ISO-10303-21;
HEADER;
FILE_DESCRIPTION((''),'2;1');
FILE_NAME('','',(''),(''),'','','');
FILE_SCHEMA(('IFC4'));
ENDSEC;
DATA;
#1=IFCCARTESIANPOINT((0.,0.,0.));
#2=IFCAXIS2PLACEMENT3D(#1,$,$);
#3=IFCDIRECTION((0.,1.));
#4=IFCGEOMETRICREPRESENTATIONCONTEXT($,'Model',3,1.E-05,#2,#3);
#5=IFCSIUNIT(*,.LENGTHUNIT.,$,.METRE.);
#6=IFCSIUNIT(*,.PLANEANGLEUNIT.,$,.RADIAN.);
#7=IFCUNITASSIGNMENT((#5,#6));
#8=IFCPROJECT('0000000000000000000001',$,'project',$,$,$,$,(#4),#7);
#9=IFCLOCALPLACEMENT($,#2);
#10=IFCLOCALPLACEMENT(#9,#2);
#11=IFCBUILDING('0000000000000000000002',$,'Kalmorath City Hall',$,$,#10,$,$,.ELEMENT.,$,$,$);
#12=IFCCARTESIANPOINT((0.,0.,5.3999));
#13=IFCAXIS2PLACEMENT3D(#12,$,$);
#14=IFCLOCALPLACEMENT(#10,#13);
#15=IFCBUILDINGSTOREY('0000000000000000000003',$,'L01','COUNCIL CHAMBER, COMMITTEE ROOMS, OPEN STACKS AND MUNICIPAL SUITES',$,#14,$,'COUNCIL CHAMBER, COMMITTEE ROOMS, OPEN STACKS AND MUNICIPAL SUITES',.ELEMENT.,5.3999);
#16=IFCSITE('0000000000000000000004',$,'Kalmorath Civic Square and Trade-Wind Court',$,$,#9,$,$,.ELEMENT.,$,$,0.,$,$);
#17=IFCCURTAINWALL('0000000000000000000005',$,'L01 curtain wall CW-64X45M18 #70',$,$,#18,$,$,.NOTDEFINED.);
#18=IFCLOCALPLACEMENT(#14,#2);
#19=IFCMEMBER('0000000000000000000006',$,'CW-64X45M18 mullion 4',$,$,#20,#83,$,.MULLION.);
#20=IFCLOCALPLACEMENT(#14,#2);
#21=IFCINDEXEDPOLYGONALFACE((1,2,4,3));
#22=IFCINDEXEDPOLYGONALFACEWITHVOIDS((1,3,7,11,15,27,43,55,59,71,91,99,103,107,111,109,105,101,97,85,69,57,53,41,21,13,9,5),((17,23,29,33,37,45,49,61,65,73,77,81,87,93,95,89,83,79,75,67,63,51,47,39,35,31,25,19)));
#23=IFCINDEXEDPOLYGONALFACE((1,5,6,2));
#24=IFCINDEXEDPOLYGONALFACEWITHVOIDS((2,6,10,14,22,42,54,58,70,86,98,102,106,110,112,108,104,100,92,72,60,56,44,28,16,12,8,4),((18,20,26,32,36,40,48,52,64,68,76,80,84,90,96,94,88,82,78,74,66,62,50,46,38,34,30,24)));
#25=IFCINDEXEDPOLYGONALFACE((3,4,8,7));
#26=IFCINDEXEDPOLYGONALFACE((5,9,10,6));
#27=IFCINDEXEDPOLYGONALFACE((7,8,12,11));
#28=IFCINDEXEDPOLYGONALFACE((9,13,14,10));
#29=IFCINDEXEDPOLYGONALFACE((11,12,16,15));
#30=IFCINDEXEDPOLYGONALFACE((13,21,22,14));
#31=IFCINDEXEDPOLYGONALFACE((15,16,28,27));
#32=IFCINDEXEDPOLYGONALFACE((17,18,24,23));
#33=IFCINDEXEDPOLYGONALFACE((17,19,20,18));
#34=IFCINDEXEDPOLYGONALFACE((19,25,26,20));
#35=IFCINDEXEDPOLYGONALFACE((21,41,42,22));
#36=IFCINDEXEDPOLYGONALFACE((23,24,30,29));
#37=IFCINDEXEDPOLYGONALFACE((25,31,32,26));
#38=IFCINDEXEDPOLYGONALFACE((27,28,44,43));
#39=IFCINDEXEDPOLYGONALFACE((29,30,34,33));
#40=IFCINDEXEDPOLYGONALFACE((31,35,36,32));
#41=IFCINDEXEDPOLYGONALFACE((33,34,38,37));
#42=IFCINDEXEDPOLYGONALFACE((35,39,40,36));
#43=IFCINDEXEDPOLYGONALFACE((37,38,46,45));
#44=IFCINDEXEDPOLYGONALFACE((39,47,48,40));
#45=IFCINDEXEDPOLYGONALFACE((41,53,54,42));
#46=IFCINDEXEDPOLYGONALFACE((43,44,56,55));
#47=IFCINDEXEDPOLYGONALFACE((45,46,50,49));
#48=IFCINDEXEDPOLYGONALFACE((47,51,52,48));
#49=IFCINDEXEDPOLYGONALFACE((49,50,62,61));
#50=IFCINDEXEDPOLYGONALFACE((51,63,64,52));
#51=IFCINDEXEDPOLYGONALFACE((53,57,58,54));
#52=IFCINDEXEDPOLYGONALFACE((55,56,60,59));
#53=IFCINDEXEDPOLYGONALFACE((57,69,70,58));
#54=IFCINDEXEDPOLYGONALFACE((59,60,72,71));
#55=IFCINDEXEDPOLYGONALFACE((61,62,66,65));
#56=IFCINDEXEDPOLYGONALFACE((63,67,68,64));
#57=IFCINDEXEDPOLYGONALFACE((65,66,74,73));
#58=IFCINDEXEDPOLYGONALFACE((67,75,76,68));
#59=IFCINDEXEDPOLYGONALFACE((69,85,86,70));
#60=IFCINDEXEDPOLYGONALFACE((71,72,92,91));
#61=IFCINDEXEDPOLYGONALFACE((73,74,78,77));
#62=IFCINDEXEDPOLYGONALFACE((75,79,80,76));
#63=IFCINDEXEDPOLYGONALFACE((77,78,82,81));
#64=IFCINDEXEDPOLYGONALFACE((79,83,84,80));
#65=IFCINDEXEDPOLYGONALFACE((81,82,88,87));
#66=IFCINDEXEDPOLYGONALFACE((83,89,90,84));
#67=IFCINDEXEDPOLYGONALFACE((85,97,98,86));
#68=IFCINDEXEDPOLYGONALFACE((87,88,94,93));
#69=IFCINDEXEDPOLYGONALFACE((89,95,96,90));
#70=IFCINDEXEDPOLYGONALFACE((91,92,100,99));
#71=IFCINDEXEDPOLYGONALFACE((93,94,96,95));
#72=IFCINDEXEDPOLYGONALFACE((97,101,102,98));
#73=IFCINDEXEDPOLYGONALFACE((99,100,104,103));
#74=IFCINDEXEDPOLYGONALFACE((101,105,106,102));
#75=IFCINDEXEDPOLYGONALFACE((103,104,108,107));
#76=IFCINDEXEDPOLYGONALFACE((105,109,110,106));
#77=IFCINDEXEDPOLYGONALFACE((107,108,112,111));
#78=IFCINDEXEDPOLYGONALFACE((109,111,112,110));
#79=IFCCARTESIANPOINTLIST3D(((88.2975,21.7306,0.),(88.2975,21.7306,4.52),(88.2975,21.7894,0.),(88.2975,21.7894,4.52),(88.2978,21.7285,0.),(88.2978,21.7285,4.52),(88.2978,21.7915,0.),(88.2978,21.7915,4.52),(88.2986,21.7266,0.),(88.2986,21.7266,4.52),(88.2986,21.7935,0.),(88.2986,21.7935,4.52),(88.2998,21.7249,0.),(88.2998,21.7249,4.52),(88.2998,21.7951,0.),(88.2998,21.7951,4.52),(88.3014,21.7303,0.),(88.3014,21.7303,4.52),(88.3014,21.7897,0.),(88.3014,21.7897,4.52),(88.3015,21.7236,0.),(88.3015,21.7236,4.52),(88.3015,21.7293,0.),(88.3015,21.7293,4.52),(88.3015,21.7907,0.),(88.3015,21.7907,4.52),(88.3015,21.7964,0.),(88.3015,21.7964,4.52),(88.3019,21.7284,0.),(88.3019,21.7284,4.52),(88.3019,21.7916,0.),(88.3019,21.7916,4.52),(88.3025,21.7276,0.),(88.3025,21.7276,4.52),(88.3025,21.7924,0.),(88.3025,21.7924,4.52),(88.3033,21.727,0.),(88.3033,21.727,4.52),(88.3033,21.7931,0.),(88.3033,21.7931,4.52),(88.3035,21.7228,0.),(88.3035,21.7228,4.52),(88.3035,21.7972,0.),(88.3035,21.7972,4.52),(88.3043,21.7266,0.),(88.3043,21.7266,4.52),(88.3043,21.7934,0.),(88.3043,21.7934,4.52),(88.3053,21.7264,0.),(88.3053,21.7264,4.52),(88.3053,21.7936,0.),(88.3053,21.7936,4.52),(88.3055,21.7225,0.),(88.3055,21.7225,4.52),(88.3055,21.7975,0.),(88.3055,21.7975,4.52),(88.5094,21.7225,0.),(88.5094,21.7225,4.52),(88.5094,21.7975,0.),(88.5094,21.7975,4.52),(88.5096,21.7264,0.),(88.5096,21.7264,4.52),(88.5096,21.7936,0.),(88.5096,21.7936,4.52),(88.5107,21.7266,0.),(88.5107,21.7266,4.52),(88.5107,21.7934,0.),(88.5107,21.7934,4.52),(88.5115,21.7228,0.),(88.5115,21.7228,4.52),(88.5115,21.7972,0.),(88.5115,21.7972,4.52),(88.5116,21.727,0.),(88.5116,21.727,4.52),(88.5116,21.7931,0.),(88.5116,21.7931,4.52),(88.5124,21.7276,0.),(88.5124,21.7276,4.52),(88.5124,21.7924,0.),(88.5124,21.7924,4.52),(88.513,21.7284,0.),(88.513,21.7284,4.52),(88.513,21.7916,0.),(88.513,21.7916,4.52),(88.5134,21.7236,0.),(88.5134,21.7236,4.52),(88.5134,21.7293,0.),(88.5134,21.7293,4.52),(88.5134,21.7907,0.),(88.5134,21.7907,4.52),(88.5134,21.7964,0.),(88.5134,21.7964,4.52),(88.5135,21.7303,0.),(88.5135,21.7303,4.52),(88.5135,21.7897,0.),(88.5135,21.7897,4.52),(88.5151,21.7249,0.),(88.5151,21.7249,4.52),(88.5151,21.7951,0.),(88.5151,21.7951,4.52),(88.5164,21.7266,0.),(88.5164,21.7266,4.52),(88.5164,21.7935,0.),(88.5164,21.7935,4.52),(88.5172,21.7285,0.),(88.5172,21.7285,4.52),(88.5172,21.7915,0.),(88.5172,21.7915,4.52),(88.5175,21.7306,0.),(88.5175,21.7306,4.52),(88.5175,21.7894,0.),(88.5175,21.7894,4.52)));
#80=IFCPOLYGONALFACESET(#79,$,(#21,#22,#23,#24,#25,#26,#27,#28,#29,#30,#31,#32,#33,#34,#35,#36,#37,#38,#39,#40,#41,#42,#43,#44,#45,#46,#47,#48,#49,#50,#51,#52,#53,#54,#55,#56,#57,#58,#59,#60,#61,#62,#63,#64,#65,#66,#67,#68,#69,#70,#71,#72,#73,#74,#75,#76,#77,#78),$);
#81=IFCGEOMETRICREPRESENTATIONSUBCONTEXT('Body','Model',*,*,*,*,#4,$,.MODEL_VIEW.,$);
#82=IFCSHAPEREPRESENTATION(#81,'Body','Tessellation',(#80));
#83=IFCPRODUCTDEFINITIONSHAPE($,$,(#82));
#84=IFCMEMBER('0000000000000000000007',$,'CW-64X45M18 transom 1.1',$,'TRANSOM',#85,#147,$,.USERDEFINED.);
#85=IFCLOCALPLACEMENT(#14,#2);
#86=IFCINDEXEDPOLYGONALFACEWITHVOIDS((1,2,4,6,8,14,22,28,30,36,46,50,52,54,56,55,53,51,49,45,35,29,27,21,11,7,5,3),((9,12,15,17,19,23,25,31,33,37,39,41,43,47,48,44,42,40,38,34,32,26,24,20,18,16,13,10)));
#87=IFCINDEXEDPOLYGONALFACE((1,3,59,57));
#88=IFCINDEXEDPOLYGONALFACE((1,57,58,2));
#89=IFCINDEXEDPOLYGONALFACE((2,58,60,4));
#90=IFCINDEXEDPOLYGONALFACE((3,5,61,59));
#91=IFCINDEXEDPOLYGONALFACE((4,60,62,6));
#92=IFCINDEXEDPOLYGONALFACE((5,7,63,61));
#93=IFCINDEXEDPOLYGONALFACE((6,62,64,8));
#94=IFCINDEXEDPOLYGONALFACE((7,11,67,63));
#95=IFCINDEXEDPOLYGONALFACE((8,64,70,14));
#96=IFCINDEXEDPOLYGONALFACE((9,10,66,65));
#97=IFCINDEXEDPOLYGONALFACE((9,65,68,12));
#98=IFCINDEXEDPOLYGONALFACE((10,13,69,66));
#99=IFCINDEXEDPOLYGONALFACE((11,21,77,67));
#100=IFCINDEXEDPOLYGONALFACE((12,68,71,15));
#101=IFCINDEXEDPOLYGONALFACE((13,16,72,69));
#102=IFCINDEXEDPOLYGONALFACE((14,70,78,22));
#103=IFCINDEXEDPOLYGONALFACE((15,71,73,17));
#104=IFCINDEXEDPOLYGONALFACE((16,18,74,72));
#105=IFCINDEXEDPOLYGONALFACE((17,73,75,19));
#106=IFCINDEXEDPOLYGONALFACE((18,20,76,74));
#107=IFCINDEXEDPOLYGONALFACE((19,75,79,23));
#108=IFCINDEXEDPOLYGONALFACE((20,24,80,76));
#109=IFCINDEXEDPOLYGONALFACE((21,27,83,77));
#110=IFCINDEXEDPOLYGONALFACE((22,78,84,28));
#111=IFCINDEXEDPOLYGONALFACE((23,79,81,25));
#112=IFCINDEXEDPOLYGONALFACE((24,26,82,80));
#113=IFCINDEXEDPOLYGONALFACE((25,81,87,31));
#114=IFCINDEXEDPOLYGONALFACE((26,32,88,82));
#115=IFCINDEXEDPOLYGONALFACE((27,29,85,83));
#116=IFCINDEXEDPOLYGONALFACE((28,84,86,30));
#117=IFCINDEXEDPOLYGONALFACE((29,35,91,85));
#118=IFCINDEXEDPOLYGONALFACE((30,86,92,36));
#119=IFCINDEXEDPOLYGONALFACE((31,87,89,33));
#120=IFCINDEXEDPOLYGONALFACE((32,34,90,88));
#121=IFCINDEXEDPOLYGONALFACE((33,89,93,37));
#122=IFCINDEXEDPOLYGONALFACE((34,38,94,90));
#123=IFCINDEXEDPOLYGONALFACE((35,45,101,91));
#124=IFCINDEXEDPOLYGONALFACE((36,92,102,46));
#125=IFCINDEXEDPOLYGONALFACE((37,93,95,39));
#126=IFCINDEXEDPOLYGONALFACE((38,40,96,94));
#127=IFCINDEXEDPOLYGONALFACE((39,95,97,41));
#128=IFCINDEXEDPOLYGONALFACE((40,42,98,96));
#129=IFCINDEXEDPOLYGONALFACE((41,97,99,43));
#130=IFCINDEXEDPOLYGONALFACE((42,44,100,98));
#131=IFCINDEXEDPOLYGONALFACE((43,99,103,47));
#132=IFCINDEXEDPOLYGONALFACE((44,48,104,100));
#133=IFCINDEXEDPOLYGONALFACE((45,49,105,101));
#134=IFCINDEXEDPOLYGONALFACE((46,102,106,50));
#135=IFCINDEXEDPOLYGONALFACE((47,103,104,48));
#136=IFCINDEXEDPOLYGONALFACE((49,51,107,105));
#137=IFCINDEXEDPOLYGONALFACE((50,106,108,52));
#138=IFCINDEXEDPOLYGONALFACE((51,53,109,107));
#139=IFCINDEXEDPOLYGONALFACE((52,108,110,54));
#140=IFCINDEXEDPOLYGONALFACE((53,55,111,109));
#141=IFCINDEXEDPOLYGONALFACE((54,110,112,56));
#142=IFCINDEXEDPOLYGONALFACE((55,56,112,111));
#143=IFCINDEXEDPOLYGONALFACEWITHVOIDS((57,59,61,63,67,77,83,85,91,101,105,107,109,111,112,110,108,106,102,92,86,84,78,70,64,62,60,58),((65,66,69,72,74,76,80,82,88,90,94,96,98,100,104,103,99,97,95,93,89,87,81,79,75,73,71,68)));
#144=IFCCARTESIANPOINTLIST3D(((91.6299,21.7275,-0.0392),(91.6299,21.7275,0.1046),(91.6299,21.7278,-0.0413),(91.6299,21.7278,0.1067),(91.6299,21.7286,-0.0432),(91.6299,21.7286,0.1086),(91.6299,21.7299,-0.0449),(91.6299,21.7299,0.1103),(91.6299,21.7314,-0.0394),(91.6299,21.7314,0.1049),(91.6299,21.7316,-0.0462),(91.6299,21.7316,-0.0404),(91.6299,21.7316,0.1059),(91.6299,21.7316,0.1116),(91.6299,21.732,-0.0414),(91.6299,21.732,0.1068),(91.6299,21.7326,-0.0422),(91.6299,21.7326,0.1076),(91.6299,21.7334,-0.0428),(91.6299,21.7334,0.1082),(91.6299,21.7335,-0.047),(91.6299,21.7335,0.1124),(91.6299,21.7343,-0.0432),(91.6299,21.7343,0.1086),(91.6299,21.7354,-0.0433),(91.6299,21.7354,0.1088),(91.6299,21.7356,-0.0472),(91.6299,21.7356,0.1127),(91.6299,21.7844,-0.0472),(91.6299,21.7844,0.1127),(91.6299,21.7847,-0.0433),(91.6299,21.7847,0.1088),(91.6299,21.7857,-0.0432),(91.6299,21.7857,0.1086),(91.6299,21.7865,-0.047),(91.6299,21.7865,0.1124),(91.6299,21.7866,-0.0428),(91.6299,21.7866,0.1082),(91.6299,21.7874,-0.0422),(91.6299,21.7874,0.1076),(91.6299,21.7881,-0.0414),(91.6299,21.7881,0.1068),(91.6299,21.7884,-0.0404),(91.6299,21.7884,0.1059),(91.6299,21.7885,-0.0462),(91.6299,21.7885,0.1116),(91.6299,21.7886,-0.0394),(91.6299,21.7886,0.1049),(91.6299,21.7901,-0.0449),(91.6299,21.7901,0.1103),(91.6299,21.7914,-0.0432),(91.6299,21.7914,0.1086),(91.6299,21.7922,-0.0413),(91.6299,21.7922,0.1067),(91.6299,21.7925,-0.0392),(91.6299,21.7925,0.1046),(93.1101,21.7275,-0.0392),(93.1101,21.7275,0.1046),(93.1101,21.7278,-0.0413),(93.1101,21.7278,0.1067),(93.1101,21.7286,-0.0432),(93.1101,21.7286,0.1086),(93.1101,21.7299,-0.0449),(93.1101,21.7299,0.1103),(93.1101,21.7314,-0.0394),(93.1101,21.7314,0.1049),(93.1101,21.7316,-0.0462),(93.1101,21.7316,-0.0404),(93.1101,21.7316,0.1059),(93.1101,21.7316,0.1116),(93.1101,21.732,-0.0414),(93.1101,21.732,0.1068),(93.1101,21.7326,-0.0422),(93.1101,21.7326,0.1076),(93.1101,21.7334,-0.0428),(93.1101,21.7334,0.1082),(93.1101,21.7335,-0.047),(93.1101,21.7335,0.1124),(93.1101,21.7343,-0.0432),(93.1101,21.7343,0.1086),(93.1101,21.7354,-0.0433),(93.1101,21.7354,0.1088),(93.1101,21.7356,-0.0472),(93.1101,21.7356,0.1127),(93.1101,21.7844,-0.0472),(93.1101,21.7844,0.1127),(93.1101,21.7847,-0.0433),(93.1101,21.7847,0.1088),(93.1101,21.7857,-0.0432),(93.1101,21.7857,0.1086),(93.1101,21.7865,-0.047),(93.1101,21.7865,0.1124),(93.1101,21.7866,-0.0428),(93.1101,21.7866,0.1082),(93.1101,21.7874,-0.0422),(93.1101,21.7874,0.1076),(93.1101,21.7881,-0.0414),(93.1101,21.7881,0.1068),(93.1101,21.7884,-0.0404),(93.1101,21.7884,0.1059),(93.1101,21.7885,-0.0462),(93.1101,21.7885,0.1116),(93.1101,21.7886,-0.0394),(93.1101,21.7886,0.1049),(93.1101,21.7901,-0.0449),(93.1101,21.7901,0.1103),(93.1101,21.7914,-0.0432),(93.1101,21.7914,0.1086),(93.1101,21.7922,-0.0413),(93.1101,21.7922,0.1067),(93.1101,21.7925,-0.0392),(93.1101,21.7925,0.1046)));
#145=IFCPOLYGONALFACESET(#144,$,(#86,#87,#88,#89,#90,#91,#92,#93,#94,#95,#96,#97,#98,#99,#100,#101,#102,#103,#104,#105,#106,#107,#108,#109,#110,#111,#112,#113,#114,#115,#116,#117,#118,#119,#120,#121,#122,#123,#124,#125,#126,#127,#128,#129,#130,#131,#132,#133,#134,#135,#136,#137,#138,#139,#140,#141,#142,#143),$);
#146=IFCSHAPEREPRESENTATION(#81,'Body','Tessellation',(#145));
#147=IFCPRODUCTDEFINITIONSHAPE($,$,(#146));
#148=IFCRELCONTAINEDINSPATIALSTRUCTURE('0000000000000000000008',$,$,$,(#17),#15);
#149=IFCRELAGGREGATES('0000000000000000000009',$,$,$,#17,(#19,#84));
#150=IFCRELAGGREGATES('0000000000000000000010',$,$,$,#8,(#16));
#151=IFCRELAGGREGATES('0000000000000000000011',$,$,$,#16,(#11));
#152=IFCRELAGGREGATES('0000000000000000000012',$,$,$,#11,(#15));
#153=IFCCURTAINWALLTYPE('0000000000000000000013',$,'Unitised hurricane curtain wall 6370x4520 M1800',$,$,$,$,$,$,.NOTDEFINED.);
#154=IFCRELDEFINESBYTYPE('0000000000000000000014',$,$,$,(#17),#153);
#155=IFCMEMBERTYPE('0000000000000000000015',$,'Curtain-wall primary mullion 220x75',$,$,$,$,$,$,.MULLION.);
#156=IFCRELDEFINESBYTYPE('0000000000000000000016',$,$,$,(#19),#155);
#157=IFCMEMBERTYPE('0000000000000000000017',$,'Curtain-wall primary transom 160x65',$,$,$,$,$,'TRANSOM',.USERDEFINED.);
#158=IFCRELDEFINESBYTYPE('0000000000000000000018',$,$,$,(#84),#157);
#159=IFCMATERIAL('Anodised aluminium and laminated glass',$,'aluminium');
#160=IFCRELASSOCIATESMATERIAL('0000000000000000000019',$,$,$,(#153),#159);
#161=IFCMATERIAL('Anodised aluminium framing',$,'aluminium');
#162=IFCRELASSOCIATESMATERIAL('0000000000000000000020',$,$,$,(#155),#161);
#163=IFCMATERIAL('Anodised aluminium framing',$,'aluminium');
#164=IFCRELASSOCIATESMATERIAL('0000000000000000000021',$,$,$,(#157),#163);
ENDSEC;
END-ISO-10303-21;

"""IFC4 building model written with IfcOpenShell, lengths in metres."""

from ifc_helpers import new_model, si_unit, direction, frame, origin, origin_2d, place, context, subcontext, project, spatial, hollow_rectangle, extrude, material, material_profile, profile_set, type_object, element, aggregate, save


model = new_model("IFC4")

# Units and contexts
model_context = context("Model", 3, precision=1e-05, world=origin(), true_north=direction((0.0, 1.0)))
body_context = subcontext(model_context, "Body", "Model", "MODEL_VIEW")
ifc_project = project(units=[si_unit("LENGTHUNIT", "METRE"), si_unit("PLANEANGLEUNIT", "RADIAN")], contexts=[model_context])

# Site, building, storey
site_placement = place(None, origin())
site = spatial("IfcSite", under=ifc_project, at=site_placement, Name="Kalmorath Civic Square and Trade-Wind Court", CompositionType="ELEMENT", RefElevation=0.0)
building_placement = place(site_placement, origin())
building = spatial("IfcBuilding", under=site, at=building_placement, Name="Kalmorath City Hall", CompositionType="ELEMENT")
storey_placement = place(building_placement, frame((0.0, 0.0, 5.3999)))
storey = spatial("IfcBuildingStorey", under=building, at=storey_placement, Name="L01", Description="COUNCIL CHAMBER, COMMITTEE ROOMS, OPEN STACKS AND MUNICIPAL SUITES", LongName="COUNCIL CHAMBER, COMMITTEE ROOMS, OPEN STACKS AND MUNICIPAL SUITES", CompositionType="ELEMENT", Elevation=5.3999)

# Curtain wall, members
ifc_material_1 = material(Name="Anodised aluminium and laminated glass", Category="aluminium")
curtain_wall_type = type_object("IfcCurtainWallType", Name="Unitised hurricane curtain wall 6370x4520 M1800", PredefinedType="NOTDEFINED", material=ifc_material_1)
curtain_wall_placement = place(storey_placement, origin())
curtain_wall = element("IfcCurtainWall", 1, at=curtain_wall_placement, inside=storey, type_object=curtain_wall_type, Name="L01 curtain wall CW-64X45M18 #70", PredefinedType="NOTDEFINED")
ifc_material_2 = material(Name="Anodised aluminium framing", Category="aluminium")
ifc_material_profile_1 = material_profile(ifc_material_2, hollow_rectangle(XDim=0.075, YDim=0.22, WallThickness=0.0039, InnerFilletRadius=0.0039, OuterFilletRadius=0.0081, at=origin_2d()), Name="ALU-MUL-220X75X4")
ifc_profile_set_1 = profile_set([ifc_material_profile_1], Name="Anodised aluminium framing")
member_type_1 = type_object("IfcMemberType", Name="Curtain-wall primary mullion 220x75", PredefinedType="MULLION", material=ifc_profile_set_1)
member_1_placement = place(storey_placement, frame((88.4075, 21.76, 0.0), z_axis=(0.0, 0.0, 1.0), x_axis=(0.0, -1.0, 0.0)))
member_1 = element("IfcMember", 2, at=member_1_placement, type_object=member_type_1, Name="CW-64X45M18 mullion 4", PredefinedType="MULLION", context=body_context, shape_type="SweptSolid", body=[
    extrude(hollow_rectangle(XDim=0.075, YDim=0.22, WallThickness=0.0039, InnerFilletRadius=0.0039, OuterFilletRadius=0.0081, at=origin_2d()), origin(), (0.0, 0.0, 1.0), 4.52),
])
ifc_material_3 = material(Name="Anodised aluminium framing", Category="aluminium")
ifc_material_profile_2 = material_profile(ifc_material_3, hollow_rectangle(XDim=0.0649, YDim=0.1599, WallThickness=0.0039, InnerFilletRadius=0.0039, OuterFilletRadius=0.0081, at=origin_2d()), Name="ALU-TRN-160X65X4")
ifc_profile_set_2 = profile_set([ifc_material_profile_2], Name="Anodised aluminium framing")
member_type_2 = type_object("IfcMemberType", Name="Curtain-wall primary transom 160x65", ElementType="TRANSOM", PredefinedType="USERDEFINED", material=ifc_profile_set_2)
member_2_placement = place(storey_placement, frame((93.1101, 21.76, 0.0327), z_axis=(-1.0, 0.0, 0.0), x_axis=(0.0, -1.0, 0.0)))
member_2 = element("IfcMember", 3, at=member_2_placement, type_object=member_type_2, Name="CW-64X45M18 transom 1.1", ObjectType="TRANSOM", PredefinedType="USERDEFINED", context=body_context, shape_type="SweptSolid", body=[
    extrude(hollow_rectangle(XDim=0.0649, YDim=0.1599, WallThickness=0.0039, InnerFilletRadius=0.0039, OuterFilletRadius=0.0081, at=origin_2d()), origin(), (0.0, 0.0, 1.0), 1.4802),
])

aggregate(curtain_wall, [member_1, member_2])

save(model, "model.ifc")
